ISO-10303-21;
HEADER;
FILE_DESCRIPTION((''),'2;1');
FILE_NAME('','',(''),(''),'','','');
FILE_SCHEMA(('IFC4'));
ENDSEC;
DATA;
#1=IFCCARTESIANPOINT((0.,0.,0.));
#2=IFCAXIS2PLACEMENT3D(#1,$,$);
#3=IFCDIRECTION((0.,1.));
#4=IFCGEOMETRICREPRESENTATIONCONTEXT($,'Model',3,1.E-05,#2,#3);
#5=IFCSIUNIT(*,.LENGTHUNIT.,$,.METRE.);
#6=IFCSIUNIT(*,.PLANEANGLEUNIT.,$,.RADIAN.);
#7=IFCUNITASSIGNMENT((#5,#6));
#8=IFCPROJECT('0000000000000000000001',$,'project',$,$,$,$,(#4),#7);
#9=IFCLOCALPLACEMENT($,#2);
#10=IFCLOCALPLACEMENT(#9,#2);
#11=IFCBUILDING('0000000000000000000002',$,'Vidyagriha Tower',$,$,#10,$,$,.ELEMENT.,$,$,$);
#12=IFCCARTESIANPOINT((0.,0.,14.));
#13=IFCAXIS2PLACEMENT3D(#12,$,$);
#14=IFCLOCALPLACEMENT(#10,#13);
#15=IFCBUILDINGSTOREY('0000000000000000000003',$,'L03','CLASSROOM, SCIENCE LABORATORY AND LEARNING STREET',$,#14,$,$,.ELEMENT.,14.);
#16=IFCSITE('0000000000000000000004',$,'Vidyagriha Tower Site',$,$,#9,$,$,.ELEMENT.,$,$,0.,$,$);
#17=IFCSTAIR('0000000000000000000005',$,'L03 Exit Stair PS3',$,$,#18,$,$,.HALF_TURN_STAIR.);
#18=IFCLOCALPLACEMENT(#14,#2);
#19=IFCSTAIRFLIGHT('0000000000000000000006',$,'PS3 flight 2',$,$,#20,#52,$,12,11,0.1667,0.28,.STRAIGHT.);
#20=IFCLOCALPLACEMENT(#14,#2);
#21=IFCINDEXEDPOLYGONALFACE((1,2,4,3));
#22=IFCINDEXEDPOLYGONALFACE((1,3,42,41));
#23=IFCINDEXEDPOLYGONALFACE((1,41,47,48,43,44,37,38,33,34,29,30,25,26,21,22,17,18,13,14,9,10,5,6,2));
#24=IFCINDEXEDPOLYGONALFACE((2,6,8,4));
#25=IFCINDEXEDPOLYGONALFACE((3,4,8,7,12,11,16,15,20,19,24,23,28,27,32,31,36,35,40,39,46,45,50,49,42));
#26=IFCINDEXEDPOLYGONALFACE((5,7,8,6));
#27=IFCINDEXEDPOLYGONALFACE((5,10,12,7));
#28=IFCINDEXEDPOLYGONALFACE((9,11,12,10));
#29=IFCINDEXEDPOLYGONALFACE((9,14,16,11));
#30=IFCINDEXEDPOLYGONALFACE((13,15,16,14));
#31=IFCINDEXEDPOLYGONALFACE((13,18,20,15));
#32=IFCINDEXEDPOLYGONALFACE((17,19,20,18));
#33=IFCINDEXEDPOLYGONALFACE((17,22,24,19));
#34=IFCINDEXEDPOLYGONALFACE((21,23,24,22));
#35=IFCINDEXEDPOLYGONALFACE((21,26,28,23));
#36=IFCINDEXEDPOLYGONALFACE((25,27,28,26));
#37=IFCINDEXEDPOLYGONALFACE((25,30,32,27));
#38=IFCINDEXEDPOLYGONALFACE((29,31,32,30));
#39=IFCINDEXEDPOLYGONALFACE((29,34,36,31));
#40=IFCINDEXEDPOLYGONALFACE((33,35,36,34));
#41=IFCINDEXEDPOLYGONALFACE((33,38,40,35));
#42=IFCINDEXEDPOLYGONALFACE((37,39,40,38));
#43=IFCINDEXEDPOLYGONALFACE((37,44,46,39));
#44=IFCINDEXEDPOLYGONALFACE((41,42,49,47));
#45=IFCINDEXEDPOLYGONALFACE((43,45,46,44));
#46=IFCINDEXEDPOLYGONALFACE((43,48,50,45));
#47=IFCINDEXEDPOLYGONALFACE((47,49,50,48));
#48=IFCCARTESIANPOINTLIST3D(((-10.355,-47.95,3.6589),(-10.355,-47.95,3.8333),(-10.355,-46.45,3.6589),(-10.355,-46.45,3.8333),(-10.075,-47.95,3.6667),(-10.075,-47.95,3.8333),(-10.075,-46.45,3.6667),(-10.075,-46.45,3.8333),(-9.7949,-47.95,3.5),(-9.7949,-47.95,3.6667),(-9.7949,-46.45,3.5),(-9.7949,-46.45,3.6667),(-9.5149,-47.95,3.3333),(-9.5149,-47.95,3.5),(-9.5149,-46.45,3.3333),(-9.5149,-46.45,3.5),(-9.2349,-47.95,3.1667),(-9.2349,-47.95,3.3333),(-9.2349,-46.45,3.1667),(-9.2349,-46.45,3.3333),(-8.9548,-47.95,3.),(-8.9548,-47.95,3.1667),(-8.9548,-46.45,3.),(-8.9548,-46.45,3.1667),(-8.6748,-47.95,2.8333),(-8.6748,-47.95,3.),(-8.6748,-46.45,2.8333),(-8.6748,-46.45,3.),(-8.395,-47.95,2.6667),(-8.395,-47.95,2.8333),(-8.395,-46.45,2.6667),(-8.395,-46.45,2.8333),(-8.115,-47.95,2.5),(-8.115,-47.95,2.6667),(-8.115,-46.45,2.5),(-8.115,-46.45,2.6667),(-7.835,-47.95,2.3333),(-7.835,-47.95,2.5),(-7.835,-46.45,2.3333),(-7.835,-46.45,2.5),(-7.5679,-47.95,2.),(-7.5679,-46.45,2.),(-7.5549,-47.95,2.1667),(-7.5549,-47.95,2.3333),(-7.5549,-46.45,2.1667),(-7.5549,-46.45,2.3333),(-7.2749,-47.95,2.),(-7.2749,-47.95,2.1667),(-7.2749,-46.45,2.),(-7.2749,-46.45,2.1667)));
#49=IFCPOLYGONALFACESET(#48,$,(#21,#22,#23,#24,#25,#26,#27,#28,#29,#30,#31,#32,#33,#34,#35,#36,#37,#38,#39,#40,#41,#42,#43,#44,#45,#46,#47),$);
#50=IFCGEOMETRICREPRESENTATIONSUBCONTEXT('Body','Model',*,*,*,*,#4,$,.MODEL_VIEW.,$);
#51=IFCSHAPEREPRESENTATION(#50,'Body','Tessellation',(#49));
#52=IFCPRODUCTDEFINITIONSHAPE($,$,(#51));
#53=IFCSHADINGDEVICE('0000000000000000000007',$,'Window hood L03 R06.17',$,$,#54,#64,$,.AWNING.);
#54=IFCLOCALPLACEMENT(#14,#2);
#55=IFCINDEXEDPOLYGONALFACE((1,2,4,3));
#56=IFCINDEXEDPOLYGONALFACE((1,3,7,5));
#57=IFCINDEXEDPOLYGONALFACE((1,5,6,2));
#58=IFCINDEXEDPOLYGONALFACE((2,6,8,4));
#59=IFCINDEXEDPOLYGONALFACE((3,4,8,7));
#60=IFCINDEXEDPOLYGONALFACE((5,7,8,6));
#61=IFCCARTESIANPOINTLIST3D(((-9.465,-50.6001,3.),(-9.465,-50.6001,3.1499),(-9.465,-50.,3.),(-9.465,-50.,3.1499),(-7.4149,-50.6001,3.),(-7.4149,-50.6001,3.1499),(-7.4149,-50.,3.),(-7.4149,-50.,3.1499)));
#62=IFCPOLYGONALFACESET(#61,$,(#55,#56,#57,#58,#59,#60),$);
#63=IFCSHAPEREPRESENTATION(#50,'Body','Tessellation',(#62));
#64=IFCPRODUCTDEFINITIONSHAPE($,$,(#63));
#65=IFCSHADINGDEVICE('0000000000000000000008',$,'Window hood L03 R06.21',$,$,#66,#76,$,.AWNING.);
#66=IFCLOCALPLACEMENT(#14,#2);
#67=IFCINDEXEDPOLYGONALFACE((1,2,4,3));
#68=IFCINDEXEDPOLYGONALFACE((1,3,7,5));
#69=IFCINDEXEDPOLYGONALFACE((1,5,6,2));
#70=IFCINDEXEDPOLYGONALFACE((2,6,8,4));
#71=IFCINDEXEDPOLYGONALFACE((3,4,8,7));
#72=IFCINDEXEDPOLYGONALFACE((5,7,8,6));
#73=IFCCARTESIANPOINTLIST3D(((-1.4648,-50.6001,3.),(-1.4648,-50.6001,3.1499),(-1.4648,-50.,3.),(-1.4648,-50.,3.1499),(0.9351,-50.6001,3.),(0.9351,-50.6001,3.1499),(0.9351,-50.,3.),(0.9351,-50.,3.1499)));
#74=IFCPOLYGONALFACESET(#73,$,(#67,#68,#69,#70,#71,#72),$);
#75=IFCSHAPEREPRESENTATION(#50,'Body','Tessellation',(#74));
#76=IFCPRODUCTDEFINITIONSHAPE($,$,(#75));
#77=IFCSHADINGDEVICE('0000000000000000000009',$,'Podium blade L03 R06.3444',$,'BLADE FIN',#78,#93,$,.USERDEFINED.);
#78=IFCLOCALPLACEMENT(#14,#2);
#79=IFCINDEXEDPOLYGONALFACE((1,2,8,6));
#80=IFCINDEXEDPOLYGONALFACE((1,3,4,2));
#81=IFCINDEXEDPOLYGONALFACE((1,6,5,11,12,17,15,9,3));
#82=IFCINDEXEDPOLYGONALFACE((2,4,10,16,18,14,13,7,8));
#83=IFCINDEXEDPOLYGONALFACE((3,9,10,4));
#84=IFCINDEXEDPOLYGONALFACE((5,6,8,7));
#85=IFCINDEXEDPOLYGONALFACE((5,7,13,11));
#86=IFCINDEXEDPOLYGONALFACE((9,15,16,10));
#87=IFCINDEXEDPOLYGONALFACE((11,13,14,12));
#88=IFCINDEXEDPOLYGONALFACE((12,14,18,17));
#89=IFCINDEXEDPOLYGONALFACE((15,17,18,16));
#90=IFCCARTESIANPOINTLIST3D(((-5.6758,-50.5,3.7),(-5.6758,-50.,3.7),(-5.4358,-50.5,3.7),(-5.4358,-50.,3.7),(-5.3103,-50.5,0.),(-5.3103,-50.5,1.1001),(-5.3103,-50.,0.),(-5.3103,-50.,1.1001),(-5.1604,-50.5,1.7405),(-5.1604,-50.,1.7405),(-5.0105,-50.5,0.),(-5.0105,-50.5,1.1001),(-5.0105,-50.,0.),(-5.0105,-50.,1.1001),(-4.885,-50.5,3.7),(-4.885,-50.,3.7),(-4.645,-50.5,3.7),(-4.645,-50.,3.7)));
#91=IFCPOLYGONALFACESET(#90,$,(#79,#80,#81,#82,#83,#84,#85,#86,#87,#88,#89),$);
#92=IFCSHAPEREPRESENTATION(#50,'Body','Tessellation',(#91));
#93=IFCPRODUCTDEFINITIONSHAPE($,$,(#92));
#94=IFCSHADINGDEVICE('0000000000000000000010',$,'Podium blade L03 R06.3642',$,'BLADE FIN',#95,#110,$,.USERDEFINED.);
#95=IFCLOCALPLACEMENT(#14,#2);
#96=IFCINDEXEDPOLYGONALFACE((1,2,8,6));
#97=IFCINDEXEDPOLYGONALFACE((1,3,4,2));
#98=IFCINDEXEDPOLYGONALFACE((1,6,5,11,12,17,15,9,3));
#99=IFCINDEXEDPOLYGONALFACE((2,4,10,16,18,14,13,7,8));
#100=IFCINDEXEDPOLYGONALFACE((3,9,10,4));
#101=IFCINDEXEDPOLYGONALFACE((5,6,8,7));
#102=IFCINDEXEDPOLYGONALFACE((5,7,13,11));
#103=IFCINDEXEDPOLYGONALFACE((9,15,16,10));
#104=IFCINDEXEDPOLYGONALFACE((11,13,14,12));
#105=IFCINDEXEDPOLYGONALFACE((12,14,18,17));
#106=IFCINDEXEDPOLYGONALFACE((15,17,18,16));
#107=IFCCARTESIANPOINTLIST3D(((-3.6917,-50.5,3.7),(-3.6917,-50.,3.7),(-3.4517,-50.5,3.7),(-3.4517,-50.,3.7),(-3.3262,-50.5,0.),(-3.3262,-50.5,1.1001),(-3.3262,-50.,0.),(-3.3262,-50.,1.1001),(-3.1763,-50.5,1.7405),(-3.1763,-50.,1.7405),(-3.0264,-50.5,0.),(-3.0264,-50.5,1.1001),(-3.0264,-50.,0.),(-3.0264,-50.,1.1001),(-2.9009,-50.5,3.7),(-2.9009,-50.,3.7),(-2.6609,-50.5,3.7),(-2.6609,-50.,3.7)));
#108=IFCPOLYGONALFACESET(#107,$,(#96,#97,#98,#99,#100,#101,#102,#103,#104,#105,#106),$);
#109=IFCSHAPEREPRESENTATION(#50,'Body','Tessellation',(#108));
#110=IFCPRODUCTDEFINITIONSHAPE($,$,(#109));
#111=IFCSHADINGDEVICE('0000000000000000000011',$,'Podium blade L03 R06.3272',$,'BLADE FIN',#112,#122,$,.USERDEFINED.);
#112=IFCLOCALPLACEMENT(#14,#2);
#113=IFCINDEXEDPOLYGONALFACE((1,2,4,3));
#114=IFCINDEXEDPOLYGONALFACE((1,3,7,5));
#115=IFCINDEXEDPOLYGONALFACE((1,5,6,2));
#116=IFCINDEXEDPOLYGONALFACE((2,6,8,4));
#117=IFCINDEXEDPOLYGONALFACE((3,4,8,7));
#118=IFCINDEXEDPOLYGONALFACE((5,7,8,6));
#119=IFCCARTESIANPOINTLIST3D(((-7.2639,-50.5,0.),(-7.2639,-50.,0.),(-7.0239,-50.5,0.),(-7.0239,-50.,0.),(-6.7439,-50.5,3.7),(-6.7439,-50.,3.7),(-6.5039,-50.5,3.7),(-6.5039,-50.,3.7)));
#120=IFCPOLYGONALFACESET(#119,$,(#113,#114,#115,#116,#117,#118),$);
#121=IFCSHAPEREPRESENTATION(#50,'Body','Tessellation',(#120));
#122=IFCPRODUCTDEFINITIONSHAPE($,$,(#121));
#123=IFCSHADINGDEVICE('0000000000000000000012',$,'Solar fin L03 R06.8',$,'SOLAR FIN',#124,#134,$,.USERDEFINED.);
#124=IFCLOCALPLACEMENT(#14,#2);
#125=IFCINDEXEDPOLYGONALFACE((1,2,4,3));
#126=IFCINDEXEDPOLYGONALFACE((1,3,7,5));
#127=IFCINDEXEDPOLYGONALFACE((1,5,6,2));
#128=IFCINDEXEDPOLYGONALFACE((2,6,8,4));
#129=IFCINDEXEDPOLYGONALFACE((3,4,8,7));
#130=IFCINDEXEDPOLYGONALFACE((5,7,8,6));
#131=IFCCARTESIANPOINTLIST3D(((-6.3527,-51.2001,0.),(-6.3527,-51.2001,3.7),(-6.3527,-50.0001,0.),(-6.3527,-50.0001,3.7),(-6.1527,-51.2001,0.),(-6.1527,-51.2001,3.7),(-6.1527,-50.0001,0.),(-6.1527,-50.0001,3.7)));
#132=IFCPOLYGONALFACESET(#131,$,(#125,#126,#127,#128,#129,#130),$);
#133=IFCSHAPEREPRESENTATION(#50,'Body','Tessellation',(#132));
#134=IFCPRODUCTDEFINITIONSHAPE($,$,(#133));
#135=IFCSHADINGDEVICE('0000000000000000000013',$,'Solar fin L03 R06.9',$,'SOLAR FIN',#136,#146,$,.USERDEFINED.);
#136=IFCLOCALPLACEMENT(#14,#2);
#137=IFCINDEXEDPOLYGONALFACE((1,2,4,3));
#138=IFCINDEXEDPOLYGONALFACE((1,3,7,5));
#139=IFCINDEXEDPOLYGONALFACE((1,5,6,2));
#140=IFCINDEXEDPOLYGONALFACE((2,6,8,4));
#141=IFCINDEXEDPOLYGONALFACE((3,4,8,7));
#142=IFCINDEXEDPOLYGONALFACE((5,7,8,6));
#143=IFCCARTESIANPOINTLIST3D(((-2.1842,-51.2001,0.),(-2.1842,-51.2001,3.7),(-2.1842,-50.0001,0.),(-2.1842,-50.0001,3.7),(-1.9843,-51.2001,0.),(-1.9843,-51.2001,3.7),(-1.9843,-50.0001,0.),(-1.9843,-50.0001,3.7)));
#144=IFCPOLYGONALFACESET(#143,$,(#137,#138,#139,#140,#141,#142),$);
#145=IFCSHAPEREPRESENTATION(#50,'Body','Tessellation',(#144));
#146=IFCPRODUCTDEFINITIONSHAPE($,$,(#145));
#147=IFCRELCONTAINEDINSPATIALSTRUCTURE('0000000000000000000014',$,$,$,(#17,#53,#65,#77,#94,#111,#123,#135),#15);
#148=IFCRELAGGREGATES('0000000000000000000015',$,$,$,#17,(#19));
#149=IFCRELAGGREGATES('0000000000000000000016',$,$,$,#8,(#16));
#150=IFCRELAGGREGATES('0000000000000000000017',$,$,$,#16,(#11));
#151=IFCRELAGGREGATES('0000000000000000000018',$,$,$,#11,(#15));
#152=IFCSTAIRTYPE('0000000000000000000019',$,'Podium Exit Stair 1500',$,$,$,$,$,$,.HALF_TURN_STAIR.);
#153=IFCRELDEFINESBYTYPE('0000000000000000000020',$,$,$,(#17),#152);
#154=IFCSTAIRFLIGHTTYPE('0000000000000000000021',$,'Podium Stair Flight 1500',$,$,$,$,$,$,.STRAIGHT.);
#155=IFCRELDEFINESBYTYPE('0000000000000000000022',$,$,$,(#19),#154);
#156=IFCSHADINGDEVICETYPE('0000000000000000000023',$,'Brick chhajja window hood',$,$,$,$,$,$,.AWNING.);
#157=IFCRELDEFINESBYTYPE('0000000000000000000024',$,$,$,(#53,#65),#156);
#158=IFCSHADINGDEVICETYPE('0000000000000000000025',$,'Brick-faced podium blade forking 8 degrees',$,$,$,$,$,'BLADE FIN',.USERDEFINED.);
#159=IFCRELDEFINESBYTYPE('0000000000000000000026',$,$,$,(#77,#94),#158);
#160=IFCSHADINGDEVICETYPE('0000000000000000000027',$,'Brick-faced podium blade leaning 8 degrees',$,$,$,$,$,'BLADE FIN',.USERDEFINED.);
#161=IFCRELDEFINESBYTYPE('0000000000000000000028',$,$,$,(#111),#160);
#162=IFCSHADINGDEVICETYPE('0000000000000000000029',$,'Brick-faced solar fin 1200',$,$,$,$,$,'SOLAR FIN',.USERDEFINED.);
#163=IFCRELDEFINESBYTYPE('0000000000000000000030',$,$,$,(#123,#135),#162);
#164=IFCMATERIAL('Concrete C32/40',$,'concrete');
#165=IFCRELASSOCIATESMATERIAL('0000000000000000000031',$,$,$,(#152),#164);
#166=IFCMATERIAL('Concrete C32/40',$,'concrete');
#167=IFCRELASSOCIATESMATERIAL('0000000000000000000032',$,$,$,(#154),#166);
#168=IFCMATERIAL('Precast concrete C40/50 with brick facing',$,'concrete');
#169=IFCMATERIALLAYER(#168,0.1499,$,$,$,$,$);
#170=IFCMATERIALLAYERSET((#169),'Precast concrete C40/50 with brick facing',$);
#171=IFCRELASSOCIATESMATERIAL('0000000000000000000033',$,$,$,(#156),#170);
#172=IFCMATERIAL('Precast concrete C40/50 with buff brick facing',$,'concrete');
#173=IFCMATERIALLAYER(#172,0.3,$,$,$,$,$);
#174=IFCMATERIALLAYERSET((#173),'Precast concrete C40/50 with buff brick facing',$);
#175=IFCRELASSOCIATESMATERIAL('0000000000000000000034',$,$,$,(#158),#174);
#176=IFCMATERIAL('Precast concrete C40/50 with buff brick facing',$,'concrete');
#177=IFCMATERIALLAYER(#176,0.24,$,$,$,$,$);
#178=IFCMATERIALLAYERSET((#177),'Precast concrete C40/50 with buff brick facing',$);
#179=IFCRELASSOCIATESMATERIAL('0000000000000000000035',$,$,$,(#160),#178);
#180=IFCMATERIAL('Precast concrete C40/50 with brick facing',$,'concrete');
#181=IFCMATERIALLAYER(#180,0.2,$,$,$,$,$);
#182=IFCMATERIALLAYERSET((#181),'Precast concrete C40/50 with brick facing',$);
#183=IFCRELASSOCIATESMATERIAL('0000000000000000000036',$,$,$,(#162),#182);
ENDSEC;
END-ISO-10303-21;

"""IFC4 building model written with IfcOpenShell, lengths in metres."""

from ifc_helpers import new_model, si_unit, direction, frame, frame_2d, origin, origin_2d, place, context, subcontext, project, spatial, polyline, rectangle, outline, extrude, material, layer, layer_set, type_object, element, aggregate, save


model = new_model("IFC4")

# Units and contexts
model_context = context("Model", 3, precision=1e-05, world=origin(), true_north=direction((0.0, 1.0)))
body_context = subcontext(model_context, "Body", "Model", "MODEL_VIEW")
ifc_project = project(units=[si_unit("LENGTHUNIT", "METRE"), si_unit("PLANEANGLEUNIT", "RADIAN")], contexts=[model_context])

# Site, building, storey
site_placement = place(None, origin())
site = spatial("IfcSite", under=ifc_project, at=site_placement, Name="Vidyagriha Tower Site", CompositionType="ELEMENT", RefElevation=0.0)
building_placement = place(site_placement, origin())
building = spatial("IfcBuilding", under=site, at=building_placement, Name="Vidyagriha Tower", CompositionType="ELEMENT")
storey_placement = place(building_placement, frame((0.0, 0.0, 14.0)))
storey = spatial("IfcBuildingStorey", under=building, at=storey_placement, Name="L03", Description="CLASSROOM, SCIENCE LABORATORY AND LEARNING STREET", CompositionType="ELEMENT", Elevation=14.0)

# Stair, stair flight
ifc_material_1 = material(Name="Concrete C32/40", Category="concrete")
stair_type = type_object("IfcStairType", Name="Podium Exit Stair 1500", PredefinedType="HALF_TURN_STAIR", material=ifc_material_1)
stair_placement = place(storey_placement, origin())
stair = element("IfcStair", 1, at=stair_placement, inside=storey, type_object=stair_type, Name="L03 Exit Stair PS3", PredefinedType="HALF_TURN_STAIR")
ifc_material_2 = material(Name="Concrete C32/40", Category="concrete")
stair_flight_type = type_object("IfcStairFlightType", Name="Podium Stair Flight 1500", PredefinedType="STRAIGHT", material=ifc_material_2)
stair_flight_1_placement = place(storey_placement, frame((-7.2749, -47.2, 2.0), z_axis=(0.0, 0.0, 1.0), x_axis=(-1.0, 0.0, 0.0)))
stair_flight_1 = element("IfcStairFlight", 2, at=stair_flight_1_placement, type_object=stair_flight_type, Name="PS3 flight 2", NumberOfRisers=12, NumberOfTreads=11, PredefinedType="STRAIGHT", RiserHeight=0.1667, TreadLength=0.28, context=body_context, shape_type="SweptSolid", body=[
    extrude(outline(polyline([(0.0, 0.0), (0.0, 0.1667), (0.28, 0.1667), (0.28, 0.3333), (0.5601, 0.3333), (0.5601, 0.5), (0.8401, 0.5), (0.8401, 0.6667), (1.1201, 0.6667), (1.1201, 0.8333), (1.3999, 0.8333), (1.3999, 1.0), (1.6799, 1.0), (1.6799, 1.1667), (1.96, 1.1667), (1.96, 1.3333), (2.24, 1.3333), (2.24, 1.5), (2.52, 1.5), (2.52, 1.6667), (2.8, 1.6667), (2.8, 1.8333), (3.0801, 1.8333), (3.0801, 2.0), (3.0801, 1.6589), (0.293, 0.0), (0.0, 0.0)])), frame((0.0, 0.75, 0.0), z_axis=(0.0, -1.0, 0.0), x_axis=(1.0, 0.0, 0.0)), (0.0, 0.0, 1.0), 1.5),
])
aggregate(stair, [stair_flight_1])

# Shading devices
ifc_material_3 = material(Name="Precast concrete C40/50 with brick facing", Category="concrete")
ifc_layer_1 = layer(ifc_material_3, 0.1499)
ifc_layer_set_1 = layer_set([ifc_layer_1], Name="Precast concrete C40/50 with brick facing")
shading_device_type_1 = type_object("IfcShadingDeviceType", Name="Brick chhajja window hood", PredefinedType="AWNING", material=ifc_layer_set_1)
shading_device_1_placement = place(storey_placement, frame((-8.4399, -50.3, 3.0)))
element("IfcShadingDevice", 3, at=shading_device_1_placement, inside=storey, type_object=shading_device_type_1, Name="Window hood L03 R06.17", PredefinedType="AWNING", context=body_context, shape_type="SweptSolid", body=[
    extrude(rectangle(XDim=2.05, YDim=0.6001, at=origin_2d()), origin(), (0.0, 0.0, 1.0), 0.1499),
])
shading_device_2_placement = place(storey_placement, frame((-0.2649, -50.3, 3.0)))
element("IfcShadingDevice", 4, at=shading_device_2_placement, inside=storey, type_object=shading_device_type_1, Name="Window hood L03 R06.21", PredefinedType="AWNING", context=body_context, shape_type="SweptSolid", body=[
    extrude(rectangle(XDim=2.3999, YDim=0.6001, at=origin_2d()), origin(), (0.0, 0.0, 1.0), 0.1499),
])
ifc_material_4 = material(Name="Precast concrete C40/50 with buff brick facing", Category="concrete")
ifc_layer_2 = layer(ifc_material_4, 0.3)
ifc_layer_set_2 = layer_set([ifc_layer_2], Name="Precast concrete C40/50 with buff brick facing")
shading_device_type_2 = type_object("IfcShadingDeviceType", Name="Brick-faced podium blade forking 8 degrees", ElementType="BLADE FIN", PredefinedType="USERDEFINED", material=ifc_layer_set_2)
for number, where, name in (
    (5, (-5.6758, -50.25, 0.0), "Podium blade L03 R06.3444"),
    (6, (-3.6917, -50.25, 0.0), "Podium blade L03 R06.3642"),
):
    element("IfcShadingDevice", number, at=place(storey_placement, frame(where)), inside=storey, type_object=shading_device_type_2, Name=name, ObjectType="BLADE FIN", PredefinedType="USERDEFINED", context=body_context, shape_type="SweptSolid", body=[
        extrude(outline(polyline([(0.6653, 0.0), (0.6653, 1.1001), (1.0308, 3.7), (0.7908, 3.7), (0.5154, 1.7405), (0.24, 3.7), (0.0, 3.7), (0.3655, 1.1001), (0.3655, 0.0), (0.6653, 0.0)])), frame((0.0, 0.25, 0.0), z_axis=(0.0, -1.0, 0.0), x_axis=(1.0, 0.0, 0.0)), (0.0, 0.0, 1.0), 0.5),
    ])
ifc_material_5 = material(Name="Precast concrete C40/50 with buff brick facing", Category="concrete")
ifc_layer_3 = layer(ifc_material_5, 0.24)
ifc_layer_set_3 = layer_set([ifc_layer_3], Name="Precast concrete C40/50 with buff brick facing")
shading_device_type_3 = type_object("IfcShadingDeviceType", Name="Brick-faced podium blade leaning 8 degrees", ElementType="BLADE FIN", PredefinedType="USERDEFINED", material=ifc_layer_set_3)
shading_device_3_placement = place(storey_placement, frame((-7.2639, -50.25, 0.0)))
element("IfcShadingDevice", 7, at=shading_device_3_placement, inside=storey, type_object=shading_device_type_3, Name="Podium blade L03 R06.3272", ObjectType="BLADE FIN", PredefinedType="USERDEFINED", context=body_context, shape_type="SweptSolid", body=[
    extrude(outline(polyline([(0.0, 0.0), (0.24, 0.0), (0.76, 3.7), (0.52, 3.7), (0.0, 0.0)])), frame((0.0, 0.25, 0.0), z_axis=(0.0, -1.0, 0.0), x_axis=(1.0, 0.0, 0.0)), (0.0, 0.0, 1.0), 0.5),
])
ifc_material_6 = material(Name="Precast concrete C40/50 with brick facing", Category="concrete")
ifc_layer_4 = layer(ifc_material_6, 0.2)
ifc_layer_set_4 = layer_set([ifc_layer_4], Name="Precast concrete C40/50 with brick facing")
shading_device_type_4 = type_object("IfcShadingDeviceType", Name="Brick-faced solar fin 1200", ElementType="SOLAR FIN", PredefinedType="USERDEFINED", material=ifc_layer_set_4)
for number, where, z_axis, x_axis, name in (
    (8, (-6.2527, -50.0, 0.0), (0.0, 0.0, 1.0), (0.0, -1.0, 0.0), "Solar fin L03 R06.8"),
    (9, (-2.0842, -50.0, 0.0), (0.0, 0.0, 1.0), (0.0, -1.0, 0.0), "Solar fin L03 R06.9"),
):
    element("IfcShadingDevice", number, at=place(storey_placement, frame(where, z_axis=z_axis, x_axis=x_axis)), inside=storey, type_object=shading_device_type_4, Name=name, ObjectType="SOLAR FIN", PredefinedType="USERDEFINED", context=body_context, shape_type="SweptSolid", body=[
        extrude(rectangle(XDim=1.2, YDim=0.2, at=frame_2d((0.6001, 0.0))), origin(), (0.0, 0.0, 1.0), 3.7),
    ])

save(model, "model.ifc")
